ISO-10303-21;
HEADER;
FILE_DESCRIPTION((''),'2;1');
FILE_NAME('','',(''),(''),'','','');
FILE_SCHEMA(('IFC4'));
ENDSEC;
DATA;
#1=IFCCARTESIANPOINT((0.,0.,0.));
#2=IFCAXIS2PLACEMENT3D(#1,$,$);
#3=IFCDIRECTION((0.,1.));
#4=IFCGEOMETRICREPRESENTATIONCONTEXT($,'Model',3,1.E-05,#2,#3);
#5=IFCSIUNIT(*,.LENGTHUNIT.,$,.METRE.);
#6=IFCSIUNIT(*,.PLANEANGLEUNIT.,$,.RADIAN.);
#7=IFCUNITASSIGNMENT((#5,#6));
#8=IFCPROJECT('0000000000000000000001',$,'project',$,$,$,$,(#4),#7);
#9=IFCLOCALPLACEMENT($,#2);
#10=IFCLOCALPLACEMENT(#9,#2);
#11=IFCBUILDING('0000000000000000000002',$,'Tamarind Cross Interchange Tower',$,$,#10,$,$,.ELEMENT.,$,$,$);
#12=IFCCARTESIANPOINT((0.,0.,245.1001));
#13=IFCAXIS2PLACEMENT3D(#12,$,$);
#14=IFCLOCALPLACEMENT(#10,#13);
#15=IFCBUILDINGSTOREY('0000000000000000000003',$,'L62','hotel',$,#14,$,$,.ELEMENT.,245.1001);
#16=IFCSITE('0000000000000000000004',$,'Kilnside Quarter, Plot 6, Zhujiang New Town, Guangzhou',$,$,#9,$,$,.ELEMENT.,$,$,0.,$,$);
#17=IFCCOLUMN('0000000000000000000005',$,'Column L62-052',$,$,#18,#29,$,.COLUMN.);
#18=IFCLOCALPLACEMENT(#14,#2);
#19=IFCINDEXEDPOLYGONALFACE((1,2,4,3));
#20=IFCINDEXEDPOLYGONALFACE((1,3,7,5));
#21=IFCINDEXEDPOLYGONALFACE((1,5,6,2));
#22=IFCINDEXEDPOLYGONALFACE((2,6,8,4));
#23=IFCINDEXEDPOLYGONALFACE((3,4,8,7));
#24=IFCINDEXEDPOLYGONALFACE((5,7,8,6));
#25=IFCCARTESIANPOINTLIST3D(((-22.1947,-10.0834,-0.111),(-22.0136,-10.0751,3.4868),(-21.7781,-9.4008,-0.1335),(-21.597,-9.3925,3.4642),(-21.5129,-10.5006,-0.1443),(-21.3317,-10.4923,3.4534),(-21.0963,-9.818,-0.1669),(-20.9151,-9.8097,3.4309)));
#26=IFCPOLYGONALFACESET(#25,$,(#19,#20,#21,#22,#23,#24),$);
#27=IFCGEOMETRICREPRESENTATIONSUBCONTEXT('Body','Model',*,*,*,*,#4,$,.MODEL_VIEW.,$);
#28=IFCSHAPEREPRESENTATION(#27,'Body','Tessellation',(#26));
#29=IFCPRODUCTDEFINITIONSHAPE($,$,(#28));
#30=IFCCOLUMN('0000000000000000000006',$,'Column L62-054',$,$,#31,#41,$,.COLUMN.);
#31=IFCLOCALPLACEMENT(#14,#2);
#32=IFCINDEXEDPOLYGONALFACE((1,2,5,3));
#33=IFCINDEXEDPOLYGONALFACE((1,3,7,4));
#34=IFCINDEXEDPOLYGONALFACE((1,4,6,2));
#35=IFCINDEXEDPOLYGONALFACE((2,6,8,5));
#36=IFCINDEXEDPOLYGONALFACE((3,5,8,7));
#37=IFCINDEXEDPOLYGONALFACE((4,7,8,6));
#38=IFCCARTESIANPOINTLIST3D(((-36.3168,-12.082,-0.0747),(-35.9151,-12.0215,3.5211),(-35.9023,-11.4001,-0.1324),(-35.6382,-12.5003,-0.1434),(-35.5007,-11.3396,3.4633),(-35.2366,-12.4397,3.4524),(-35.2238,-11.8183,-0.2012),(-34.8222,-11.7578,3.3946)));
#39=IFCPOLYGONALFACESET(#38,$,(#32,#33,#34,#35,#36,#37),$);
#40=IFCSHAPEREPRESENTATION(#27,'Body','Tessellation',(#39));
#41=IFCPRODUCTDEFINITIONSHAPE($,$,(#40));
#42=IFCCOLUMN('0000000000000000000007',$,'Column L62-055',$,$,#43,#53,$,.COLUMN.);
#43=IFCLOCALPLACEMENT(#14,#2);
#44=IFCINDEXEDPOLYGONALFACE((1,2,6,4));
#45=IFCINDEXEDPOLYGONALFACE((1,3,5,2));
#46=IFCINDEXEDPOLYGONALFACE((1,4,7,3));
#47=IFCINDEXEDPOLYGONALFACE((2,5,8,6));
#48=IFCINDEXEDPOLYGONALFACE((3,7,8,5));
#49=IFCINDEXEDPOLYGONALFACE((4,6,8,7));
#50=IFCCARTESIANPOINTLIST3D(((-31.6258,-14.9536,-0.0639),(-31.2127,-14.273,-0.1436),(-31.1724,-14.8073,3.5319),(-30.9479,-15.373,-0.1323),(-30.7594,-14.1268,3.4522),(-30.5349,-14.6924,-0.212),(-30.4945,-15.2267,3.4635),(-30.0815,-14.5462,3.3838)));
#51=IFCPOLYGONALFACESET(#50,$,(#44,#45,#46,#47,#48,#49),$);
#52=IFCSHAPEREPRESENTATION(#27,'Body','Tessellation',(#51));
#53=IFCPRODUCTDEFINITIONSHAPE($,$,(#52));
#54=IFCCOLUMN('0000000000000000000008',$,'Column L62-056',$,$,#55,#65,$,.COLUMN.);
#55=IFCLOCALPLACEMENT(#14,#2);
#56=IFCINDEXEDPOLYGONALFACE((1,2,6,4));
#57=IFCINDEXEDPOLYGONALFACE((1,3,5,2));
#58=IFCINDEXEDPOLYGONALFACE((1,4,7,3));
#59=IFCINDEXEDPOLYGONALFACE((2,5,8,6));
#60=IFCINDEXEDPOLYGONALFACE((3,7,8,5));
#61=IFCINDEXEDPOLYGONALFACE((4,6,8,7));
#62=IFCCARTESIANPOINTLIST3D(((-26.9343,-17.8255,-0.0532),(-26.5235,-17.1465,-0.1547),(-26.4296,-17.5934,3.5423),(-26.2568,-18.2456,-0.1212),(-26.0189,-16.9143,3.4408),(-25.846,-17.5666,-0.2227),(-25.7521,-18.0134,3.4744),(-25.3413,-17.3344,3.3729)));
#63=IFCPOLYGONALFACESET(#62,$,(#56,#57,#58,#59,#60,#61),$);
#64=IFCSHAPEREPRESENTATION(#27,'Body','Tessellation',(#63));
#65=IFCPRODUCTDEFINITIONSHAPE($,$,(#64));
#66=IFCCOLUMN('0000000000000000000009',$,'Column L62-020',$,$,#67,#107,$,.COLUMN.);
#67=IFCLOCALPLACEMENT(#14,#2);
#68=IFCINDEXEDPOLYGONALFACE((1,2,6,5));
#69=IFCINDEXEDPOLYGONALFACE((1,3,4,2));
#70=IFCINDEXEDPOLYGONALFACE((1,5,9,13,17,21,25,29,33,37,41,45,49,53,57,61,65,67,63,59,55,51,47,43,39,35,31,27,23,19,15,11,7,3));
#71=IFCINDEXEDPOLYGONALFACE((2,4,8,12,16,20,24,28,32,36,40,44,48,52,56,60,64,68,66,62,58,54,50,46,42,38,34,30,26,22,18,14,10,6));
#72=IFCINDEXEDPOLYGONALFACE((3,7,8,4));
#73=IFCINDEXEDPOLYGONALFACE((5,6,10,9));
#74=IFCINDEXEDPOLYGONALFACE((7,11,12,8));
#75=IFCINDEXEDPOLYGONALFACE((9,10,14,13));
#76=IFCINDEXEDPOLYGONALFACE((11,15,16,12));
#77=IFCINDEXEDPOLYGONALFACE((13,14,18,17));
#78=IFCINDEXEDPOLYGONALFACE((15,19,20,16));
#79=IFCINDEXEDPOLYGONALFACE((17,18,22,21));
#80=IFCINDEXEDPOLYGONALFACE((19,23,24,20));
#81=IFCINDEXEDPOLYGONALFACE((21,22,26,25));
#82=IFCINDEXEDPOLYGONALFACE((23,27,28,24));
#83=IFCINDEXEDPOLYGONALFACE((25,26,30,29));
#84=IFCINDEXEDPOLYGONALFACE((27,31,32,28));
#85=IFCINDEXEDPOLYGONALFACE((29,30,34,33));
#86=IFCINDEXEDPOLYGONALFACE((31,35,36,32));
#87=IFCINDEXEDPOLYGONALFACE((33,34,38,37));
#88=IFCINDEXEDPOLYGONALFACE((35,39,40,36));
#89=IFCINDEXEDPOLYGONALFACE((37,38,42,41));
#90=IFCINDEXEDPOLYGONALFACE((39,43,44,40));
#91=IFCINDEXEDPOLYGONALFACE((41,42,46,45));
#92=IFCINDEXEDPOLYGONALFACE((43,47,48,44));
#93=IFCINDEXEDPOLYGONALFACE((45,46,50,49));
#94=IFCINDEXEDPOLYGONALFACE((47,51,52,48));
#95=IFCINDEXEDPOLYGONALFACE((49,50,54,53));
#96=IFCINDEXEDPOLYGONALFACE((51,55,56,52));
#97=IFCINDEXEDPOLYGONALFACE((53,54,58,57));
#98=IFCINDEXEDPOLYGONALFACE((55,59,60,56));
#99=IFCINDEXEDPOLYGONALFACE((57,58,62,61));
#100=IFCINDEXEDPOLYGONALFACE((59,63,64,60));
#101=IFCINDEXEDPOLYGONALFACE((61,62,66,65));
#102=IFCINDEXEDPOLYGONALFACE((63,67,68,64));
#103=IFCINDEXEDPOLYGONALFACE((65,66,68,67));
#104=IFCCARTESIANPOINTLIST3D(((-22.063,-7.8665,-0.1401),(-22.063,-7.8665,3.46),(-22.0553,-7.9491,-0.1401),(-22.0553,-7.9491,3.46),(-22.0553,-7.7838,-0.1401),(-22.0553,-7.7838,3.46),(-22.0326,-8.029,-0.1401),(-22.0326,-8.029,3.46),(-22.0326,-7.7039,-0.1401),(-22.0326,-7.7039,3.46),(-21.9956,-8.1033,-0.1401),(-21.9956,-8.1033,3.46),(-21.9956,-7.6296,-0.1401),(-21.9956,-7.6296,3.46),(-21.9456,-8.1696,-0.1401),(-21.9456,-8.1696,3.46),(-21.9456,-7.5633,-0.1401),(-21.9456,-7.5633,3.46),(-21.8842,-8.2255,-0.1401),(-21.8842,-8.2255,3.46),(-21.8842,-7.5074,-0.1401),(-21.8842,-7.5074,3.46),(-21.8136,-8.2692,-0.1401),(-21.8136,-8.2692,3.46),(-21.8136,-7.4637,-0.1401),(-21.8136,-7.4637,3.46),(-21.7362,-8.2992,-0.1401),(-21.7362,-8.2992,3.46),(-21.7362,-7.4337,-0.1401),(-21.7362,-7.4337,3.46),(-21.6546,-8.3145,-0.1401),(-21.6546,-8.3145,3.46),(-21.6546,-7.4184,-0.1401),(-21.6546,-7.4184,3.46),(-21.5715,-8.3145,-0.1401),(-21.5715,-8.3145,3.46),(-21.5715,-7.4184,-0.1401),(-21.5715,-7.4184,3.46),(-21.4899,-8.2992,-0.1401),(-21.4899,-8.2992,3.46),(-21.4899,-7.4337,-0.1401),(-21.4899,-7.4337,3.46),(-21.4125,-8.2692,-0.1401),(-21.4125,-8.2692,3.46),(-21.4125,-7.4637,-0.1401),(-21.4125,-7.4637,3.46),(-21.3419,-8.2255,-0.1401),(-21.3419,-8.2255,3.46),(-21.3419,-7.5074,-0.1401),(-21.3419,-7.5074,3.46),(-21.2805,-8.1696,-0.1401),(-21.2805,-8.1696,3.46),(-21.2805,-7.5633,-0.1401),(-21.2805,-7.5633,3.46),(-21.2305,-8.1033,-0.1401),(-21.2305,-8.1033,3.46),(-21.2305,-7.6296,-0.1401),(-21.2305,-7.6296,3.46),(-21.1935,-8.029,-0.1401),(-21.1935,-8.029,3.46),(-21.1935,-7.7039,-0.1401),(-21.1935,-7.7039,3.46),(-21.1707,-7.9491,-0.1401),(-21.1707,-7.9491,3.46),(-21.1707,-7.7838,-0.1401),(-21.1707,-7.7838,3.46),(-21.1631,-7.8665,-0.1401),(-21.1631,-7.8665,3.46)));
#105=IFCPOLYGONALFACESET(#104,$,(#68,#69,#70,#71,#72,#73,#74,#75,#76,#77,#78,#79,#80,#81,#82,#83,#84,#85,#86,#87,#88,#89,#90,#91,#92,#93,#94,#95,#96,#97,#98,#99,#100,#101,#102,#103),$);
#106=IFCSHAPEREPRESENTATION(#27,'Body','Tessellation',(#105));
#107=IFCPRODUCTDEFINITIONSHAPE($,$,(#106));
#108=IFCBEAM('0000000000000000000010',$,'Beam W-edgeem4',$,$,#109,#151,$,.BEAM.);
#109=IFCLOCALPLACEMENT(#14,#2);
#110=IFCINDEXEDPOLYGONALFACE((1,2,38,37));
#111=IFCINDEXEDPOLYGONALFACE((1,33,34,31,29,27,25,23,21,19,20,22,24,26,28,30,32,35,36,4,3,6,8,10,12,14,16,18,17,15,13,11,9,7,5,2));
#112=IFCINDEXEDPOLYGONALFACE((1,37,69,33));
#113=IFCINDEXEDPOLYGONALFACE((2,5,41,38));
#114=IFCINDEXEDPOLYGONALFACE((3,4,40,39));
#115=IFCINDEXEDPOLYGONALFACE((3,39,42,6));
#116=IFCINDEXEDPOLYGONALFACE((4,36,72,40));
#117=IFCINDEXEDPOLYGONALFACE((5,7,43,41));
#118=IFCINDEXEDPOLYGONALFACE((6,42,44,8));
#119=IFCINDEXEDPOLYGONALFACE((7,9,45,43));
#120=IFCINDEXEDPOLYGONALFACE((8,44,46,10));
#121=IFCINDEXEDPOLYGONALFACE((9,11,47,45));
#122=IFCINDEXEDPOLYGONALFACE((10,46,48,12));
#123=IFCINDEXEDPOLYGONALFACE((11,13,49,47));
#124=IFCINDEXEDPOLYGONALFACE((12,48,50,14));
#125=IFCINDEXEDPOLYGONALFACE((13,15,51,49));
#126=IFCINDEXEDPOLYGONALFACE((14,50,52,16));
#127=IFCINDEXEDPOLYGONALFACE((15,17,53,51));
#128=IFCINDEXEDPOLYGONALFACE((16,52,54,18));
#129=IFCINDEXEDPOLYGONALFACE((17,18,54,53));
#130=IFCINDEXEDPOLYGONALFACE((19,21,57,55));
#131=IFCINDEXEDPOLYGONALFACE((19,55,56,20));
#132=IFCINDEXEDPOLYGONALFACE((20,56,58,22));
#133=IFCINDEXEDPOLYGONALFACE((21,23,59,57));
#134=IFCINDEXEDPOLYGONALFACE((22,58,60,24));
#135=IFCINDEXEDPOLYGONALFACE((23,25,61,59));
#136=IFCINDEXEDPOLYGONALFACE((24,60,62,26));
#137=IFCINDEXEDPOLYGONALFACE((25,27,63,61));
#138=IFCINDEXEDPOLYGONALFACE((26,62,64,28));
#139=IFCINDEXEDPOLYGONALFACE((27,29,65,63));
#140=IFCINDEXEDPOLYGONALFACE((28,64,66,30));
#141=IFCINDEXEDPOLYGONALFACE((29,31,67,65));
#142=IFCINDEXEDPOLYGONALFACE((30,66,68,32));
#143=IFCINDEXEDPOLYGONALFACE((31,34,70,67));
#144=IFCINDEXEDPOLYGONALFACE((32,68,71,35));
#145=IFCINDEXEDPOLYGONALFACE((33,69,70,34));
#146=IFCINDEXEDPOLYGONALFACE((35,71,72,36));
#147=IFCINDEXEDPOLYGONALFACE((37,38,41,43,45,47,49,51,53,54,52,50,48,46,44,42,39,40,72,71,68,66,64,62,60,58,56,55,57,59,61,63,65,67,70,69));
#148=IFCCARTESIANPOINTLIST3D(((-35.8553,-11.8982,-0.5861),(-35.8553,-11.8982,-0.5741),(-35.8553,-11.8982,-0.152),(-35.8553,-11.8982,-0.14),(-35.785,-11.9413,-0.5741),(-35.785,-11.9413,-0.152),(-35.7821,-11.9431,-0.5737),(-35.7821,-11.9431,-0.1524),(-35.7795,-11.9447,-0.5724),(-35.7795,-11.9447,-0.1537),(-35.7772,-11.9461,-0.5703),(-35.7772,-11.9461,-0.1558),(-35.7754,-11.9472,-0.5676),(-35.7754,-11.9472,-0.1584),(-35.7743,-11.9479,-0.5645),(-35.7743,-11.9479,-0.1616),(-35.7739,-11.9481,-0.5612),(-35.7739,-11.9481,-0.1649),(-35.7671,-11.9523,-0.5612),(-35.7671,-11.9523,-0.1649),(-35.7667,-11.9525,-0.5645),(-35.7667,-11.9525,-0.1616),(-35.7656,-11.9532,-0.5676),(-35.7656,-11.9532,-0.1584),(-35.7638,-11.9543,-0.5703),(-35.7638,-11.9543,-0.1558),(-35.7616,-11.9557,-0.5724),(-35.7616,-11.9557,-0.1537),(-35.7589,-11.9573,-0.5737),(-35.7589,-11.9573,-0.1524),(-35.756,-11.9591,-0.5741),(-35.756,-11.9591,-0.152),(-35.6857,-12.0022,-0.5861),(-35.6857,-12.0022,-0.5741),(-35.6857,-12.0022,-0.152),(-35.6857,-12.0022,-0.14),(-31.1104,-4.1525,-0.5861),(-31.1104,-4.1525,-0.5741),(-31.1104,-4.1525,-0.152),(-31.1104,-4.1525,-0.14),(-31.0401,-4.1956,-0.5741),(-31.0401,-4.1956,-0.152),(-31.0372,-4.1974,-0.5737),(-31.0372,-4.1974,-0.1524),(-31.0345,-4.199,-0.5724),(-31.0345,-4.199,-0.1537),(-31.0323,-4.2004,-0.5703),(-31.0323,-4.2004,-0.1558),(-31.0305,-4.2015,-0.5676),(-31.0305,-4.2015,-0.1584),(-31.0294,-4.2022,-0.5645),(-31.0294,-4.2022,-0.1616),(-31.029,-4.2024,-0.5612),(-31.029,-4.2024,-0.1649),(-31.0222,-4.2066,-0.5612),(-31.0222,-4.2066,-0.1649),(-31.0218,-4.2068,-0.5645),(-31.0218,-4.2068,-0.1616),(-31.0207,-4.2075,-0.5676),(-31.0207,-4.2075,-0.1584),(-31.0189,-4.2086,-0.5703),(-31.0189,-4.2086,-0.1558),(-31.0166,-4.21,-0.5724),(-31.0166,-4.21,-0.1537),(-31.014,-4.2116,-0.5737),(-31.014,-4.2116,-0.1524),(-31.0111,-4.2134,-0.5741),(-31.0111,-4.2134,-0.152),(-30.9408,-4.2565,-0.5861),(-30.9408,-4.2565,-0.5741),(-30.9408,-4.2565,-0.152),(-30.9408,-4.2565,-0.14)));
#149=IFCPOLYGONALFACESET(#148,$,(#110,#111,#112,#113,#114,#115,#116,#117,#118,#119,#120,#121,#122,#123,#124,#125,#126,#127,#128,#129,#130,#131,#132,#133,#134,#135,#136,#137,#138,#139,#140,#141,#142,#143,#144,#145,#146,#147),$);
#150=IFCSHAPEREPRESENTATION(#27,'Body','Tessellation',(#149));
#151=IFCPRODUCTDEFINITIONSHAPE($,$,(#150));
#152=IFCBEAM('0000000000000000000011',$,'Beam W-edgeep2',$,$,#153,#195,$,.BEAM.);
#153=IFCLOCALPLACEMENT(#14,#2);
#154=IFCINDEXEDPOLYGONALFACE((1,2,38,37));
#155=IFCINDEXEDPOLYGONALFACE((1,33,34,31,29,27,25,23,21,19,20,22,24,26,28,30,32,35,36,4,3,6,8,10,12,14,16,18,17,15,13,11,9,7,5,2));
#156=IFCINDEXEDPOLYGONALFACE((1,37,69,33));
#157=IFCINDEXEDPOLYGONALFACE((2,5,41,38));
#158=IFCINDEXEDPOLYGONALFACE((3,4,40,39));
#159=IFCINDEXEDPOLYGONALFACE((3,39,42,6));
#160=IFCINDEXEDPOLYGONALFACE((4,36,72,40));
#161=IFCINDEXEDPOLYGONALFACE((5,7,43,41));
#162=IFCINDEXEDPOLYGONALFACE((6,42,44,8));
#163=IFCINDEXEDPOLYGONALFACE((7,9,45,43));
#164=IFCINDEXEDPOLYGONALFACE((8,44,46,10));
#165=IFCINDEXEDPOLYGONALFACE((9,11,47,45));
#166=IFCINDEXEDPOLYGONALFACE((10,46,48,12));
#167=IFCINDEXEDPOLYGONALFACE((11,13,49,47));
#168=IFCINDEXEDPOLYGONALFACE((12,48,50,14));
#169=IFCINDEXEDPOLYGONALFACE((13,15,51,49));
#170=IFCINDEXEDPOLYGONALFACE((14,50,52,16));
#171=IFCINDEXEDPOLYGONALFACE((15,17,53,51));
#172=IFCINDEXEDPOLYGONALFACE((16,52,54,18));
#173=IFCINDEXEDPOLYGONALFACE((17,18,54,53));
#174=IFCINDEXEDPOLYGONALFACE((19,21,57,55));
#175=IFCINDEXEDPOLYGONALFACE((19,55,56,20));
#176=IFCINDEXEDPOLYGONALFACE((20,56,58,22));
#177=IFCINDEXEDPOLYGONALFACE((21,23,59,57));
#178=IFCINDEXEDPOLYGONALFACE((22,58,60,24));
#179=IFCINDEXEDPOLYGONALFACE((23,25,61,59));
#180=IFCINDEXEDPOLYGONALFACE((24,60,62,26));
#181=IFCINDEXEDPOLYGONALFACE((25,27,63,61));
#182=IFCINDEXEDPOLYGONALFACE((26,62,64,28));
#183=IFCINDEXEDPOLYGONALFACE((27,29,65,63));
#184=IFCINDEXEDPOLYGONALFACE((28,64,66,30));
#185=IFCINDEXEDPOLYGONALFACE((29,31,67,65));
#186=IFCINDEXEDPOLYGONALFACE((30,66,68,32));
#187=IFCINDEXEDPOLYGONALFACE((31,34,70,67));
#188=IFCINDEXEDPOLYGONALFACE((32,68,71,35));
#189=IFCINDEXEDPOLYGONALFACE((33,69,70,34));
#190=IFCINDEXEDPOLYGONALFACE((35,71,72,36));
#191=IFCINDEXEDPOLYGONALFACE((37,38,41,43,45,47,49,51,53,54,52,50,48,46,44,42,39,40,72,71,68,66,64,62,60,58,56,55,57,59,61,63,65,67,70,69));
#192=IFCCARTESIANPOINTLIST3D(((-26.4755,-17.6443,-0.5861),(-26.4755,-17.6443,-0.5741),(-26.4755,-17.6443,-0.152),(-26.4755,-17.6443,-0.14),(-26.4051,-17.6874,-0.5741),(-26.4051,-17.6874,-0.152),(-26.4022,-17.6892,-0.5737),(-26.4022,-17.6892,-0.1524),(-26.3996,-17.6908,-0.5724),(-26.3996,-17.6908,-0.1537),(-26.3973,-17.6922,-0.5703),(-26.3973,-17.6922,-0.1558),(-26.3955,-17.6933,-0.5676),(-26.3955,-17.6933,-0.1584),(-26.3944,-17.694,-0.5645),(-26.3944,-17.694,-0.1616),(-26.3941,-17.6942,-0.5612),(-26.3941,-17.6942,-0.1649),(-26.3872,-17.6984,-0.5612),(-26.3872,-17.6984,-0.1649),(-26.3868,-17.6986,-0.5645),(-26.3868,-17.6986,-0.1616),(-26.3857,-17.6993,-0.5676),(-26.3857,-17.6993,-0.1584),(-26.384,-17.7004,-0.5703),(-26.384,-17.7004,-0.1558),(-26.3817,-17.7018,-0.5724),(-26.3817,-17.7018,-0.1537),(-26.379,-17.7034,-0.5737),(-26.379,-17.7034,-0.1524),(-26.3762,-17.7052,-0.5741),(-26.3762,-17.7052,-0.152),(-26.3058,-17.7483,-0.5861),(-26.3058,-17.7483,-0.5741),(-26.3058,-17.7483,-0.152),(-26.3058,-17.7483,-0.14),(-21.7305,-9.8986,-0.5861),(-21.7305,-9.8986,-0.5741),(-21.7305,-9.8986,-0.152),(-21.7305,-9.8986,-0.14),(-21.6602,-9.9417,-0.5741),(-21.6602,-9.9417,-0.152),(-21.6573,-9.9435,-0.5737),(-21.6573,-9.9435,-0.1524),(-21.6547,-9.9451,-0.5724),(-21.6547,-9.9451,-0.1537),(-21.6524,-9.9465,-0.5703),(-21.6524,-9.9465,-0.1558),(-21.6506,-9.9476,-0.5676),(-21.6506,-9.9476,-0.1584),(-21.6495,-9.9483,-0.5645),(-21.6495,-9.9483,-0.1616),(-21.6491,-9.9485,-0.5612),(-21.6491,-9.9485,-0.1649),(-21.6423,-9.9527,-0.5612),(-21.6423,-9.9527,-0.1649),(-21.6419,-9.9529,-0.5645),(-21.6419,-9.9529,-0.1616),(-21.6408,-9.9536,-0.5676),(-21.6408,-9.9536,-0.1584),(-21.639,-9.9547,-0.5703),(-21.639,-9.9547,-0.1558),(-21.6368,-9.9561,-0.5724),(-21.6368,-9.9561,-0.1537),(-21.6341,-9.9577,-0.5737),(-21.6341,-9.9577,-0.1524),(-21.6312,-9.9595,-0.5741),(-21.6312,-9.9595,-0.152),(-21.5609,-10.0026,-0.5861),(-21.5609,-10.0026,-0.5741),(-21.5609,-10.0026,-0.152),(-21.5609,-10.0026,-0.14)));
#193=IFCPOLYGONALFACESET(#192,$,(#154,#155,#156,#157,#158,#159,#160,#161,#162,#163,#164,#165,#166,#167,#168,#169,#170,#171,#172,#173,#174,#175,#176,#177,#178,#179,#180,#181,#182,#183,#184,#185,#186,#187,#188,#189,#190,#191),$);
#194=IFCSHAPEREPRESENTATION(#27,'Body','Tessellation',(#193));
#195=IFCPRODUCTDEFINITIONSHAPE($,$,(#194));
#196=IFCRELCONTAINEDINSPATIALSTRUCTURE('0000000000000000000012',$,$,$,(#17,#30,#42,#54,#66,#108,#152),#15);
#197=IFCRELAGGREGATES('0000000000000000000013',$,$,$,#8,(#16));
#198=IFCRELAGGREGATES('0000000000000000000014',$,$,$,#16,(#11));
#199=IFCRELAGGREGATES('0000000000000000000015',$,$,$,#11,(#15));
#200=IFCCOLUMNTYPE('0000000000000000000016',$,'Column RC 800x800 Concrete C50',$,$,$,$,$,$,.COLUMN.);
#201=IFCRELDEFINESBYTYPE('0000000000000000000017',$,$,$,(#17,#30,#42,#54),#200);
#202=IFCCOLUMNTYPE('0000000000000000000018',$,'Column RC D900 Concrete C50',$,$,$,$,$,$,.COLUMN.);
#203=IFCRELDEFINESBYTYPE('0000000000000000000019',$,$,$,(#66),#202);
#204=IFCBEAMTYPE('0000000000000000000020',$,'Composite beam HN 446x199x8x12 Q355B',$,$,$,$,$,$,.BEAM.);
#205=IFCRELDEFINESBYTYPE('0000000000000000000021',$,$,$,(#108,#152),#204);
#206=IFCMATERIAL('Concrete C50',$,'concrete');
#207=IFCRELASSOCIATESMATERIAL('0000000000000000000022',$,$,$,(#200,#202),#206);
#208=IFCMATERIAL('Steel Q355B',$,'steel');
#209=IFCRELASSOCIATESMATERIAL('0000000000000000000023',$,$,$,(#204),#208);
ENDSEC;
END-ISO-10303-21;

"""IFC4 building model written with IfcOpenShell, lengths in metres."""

from ifc_helpers import new_model, si_unit, direction, frame, origin, origin_2d, place, context, subcontext, project, spatial, rectangle, circle, i_section, extrude, material, material_profile, profile_set, type_object, element, save


model = new_model("IFC4")

# Units and contexts
model_context = context("Model", 3, precision=1e-05, world=origin(), true_north=direction((0.0, 1.0)))
body_context = subcontext(model_context, "Body", "Model", "MODEL_VIEW")
ifc_project = project(units=[si_unit("LENGTHUNIT", "METRE"), si_unit("PLANEANGLEUNIT", "RADIAN")], contexts=[model_context])

# Site, building, storey
site_placement = place(None, origin())
site = spatial("IfcSite", under=ifc_project, at=site_placement, Name="Kilnside Quarter, Plot 6, Zhujiang New Town, Guangzhou", CompositionType="ELEMENT", RefElevation=0.0)
building_placement = place(site_placement, origin())
building = spatial("IfcBuilding", under=site, at=building_placement, Name="Tamarind Cross Interchange Tower", CompositionType="ELEMENT")
storey_placement = place(building_placement, frame((0.0, 0.0, 245.1001)))
storey = spatial("IfcBuildingStorey", under=building, at=storey_placement, Name="L62", Description="hotel", CompositionType="ELEMENT", Elevation=245.1001)

# Columns
ifc_material_1 = material(Name="Concrete C50", Category="concrete")
ifc_material_profile_1 = material_profile(ifc_material_1, rectangle(XDim=0.8, YDim=0.8, at=origin_2d()), Name="RC 800x800")
ifc_profile_set_1 = profile_set([ifc_material_profile_1], Name="Concrete C50")
column_type_1 = type_object("IfcColumnType", Name="Column RC 800x800 Concrete C50", PredefinedType="COLUMN", material=ifc_profile_set_1)
column_1_placement = place(storey_placement, frame((-21.6455, -9.9507, -0.1389), z_axis=(0.050289, 0.002304, 0.998732), x_axis=(-0.852235, 0.521494, 0.041709)))
element("IfcColumn", 1, at=column_1_placement, inside=storey, type_object=column_type_1, Name="Column L62-052", PredefinedType="COLUMN", context=body_context, shape_type="SweptSolid", body=[
    extrude(rectangle(XDim=0.8, YDim=0.8, at=origin_2d()), origin(), (0.0, 0.0, 1.0), 3.6023),
])
column_2_placement = place(storey_placement, frame((-35.7703, -11.9502, -0.1379), z_axis=(0.110986, 0.016732, 0.993681), x_axis=(-0.84816, 0.522724, 0.085931)))
element("IfcColumn", 2, at=column_2_placement, inside=storey, type_object=column_type_1, Name="Column L62-054", PredefinedType="COLUMN", context=body_context, shape_type="SweptSolid", body=[
    extrude(rectangle(XDim=0.8, YDim=0.8, at=origin_2d()), origin(), (0.0, 0.0, 1.0), 3.6187),
])
column_3_placement = place(storey_placement, frame((-31.0803, -14.823, -0.1379), z_axis=(0.124994, 0.040319, 0.991338), x_axis=(-0.847267, 0.52424, 0.085508)))
element("IfcColumn", 3, at=column_3_placement, inside=storey, type_object=column_type_1, Name="Column L62-055", PredefinedType="COLUMN", context=body_context, shape_type="SweptSolid", body=[
    extrude(rectangle(XDim=0.8, YDim=0.8, at=origin_2d()), origin(), (0.0, 0.0, 1.0), 3.6272),
])
column_4_placement = place(storey_placement, frame((-26.3901, -17.696, -0.1379), z_axis=(0.138709, 0.063818, 0.988275), x_axis=(-0.846851, 0.525, 0.084957)))
element("IfcColumn", 4, at=column_4_placement, inside=storey, type_object=column_type_1, Name="Column L62-056", PredefinedType="COLUMN", context=body_context, shape_type="SweptSolid", body=[
    extrude(rectangle(XDim=0.8, YDim=0.8, at=origin_2d()), origin(), (0.0, 0.0, 1.0), 3.6382),
])
ifc_material_profile_2 = material_profile(ifc_material_1, circle(Radius=0.45, at=origin_2d()), Name="RC D900")
ifc_profile_set_2 = profile_set([ifc_material_profile_2], Name="Concrete C50")
column_type_2 = type_object("IfcColumnType", Name="Column RC D900 Concrete C50", PredefinedType="COLUMN", material=ifc_profile_set_2)
column_5_placement = place(storey_placement, frame((-21.613, -7.8665, -0.1401), z_axis=(0.0, 0.0, 1.0), x_axis=(1.0, 0.0, 0.0)))
element("IfcColumn", 5, at=column_5_placement, inside=storey, type_object=column_type_2, Name="Column L62-020", PredefinedType="COLUMN", context=body_context, shape_type="SweptSolid", body=[
    extrude(circle(Radius=0.45, at=origin_2d()), origin(), (0.0, 0.0, 1.0), 3.6001),
])

# Beams
ifc_material_2 = material(Name="Steel Q355B", Category="steel")
ifc_material_profile_3 = material_profile(ifc_material_2, i_section(OverallWidth=0.199, OverallDepth=0.446, WebThickness=0.0081, FlangeThickness=0.012, FilletRadius=0.0129, at=origin_2d()), Name="HN 446x199x8x12")
ifc_profile_set_3 = profile_set([ifc_material_profile_3], Name="Steel Q355B")
beam_type_1 = type_object("IfcBeamType", Name="Composite beam HN 446x199x8x12 Q355B", PredefinedType="BEAM", material=ifc_profile_set_3)
for number, where, z_axis, x_axis, name in (
    (6, (-35.7705, -11.9502, -0.363), (0.522367, 0.852721, 0.0), (-0.852721, 0.522367, 0.0), "Beam W-edgeem4"),
    (7, (-26.3906, -17.6963, -0.363), (0.522367, 0.852721, 0.0), (-0.852721, 0.522367, 0.0), "Beam W-edgeep2"),
):
    element("IfcBeam", number, at=place(storey_placement, frame(where, z_axis=z_axis, x_axis=x_axis)), inside=storey, type_object=beam_type_1, Name=name, PredefinedType="BEAM", context=body_context, shape_type="SweptSolid", body=[
        extrude(i_section(OverallWidth=0.199, OverallDepth=0.446, WebThickness=0.0081, FlangeThickness=0.012, FilletRadius=0.0129, at=origin_2d()), origin(), (0.0, 0.0, 1.0), 9.0835),
    ])

save(model, "model.ifc")
